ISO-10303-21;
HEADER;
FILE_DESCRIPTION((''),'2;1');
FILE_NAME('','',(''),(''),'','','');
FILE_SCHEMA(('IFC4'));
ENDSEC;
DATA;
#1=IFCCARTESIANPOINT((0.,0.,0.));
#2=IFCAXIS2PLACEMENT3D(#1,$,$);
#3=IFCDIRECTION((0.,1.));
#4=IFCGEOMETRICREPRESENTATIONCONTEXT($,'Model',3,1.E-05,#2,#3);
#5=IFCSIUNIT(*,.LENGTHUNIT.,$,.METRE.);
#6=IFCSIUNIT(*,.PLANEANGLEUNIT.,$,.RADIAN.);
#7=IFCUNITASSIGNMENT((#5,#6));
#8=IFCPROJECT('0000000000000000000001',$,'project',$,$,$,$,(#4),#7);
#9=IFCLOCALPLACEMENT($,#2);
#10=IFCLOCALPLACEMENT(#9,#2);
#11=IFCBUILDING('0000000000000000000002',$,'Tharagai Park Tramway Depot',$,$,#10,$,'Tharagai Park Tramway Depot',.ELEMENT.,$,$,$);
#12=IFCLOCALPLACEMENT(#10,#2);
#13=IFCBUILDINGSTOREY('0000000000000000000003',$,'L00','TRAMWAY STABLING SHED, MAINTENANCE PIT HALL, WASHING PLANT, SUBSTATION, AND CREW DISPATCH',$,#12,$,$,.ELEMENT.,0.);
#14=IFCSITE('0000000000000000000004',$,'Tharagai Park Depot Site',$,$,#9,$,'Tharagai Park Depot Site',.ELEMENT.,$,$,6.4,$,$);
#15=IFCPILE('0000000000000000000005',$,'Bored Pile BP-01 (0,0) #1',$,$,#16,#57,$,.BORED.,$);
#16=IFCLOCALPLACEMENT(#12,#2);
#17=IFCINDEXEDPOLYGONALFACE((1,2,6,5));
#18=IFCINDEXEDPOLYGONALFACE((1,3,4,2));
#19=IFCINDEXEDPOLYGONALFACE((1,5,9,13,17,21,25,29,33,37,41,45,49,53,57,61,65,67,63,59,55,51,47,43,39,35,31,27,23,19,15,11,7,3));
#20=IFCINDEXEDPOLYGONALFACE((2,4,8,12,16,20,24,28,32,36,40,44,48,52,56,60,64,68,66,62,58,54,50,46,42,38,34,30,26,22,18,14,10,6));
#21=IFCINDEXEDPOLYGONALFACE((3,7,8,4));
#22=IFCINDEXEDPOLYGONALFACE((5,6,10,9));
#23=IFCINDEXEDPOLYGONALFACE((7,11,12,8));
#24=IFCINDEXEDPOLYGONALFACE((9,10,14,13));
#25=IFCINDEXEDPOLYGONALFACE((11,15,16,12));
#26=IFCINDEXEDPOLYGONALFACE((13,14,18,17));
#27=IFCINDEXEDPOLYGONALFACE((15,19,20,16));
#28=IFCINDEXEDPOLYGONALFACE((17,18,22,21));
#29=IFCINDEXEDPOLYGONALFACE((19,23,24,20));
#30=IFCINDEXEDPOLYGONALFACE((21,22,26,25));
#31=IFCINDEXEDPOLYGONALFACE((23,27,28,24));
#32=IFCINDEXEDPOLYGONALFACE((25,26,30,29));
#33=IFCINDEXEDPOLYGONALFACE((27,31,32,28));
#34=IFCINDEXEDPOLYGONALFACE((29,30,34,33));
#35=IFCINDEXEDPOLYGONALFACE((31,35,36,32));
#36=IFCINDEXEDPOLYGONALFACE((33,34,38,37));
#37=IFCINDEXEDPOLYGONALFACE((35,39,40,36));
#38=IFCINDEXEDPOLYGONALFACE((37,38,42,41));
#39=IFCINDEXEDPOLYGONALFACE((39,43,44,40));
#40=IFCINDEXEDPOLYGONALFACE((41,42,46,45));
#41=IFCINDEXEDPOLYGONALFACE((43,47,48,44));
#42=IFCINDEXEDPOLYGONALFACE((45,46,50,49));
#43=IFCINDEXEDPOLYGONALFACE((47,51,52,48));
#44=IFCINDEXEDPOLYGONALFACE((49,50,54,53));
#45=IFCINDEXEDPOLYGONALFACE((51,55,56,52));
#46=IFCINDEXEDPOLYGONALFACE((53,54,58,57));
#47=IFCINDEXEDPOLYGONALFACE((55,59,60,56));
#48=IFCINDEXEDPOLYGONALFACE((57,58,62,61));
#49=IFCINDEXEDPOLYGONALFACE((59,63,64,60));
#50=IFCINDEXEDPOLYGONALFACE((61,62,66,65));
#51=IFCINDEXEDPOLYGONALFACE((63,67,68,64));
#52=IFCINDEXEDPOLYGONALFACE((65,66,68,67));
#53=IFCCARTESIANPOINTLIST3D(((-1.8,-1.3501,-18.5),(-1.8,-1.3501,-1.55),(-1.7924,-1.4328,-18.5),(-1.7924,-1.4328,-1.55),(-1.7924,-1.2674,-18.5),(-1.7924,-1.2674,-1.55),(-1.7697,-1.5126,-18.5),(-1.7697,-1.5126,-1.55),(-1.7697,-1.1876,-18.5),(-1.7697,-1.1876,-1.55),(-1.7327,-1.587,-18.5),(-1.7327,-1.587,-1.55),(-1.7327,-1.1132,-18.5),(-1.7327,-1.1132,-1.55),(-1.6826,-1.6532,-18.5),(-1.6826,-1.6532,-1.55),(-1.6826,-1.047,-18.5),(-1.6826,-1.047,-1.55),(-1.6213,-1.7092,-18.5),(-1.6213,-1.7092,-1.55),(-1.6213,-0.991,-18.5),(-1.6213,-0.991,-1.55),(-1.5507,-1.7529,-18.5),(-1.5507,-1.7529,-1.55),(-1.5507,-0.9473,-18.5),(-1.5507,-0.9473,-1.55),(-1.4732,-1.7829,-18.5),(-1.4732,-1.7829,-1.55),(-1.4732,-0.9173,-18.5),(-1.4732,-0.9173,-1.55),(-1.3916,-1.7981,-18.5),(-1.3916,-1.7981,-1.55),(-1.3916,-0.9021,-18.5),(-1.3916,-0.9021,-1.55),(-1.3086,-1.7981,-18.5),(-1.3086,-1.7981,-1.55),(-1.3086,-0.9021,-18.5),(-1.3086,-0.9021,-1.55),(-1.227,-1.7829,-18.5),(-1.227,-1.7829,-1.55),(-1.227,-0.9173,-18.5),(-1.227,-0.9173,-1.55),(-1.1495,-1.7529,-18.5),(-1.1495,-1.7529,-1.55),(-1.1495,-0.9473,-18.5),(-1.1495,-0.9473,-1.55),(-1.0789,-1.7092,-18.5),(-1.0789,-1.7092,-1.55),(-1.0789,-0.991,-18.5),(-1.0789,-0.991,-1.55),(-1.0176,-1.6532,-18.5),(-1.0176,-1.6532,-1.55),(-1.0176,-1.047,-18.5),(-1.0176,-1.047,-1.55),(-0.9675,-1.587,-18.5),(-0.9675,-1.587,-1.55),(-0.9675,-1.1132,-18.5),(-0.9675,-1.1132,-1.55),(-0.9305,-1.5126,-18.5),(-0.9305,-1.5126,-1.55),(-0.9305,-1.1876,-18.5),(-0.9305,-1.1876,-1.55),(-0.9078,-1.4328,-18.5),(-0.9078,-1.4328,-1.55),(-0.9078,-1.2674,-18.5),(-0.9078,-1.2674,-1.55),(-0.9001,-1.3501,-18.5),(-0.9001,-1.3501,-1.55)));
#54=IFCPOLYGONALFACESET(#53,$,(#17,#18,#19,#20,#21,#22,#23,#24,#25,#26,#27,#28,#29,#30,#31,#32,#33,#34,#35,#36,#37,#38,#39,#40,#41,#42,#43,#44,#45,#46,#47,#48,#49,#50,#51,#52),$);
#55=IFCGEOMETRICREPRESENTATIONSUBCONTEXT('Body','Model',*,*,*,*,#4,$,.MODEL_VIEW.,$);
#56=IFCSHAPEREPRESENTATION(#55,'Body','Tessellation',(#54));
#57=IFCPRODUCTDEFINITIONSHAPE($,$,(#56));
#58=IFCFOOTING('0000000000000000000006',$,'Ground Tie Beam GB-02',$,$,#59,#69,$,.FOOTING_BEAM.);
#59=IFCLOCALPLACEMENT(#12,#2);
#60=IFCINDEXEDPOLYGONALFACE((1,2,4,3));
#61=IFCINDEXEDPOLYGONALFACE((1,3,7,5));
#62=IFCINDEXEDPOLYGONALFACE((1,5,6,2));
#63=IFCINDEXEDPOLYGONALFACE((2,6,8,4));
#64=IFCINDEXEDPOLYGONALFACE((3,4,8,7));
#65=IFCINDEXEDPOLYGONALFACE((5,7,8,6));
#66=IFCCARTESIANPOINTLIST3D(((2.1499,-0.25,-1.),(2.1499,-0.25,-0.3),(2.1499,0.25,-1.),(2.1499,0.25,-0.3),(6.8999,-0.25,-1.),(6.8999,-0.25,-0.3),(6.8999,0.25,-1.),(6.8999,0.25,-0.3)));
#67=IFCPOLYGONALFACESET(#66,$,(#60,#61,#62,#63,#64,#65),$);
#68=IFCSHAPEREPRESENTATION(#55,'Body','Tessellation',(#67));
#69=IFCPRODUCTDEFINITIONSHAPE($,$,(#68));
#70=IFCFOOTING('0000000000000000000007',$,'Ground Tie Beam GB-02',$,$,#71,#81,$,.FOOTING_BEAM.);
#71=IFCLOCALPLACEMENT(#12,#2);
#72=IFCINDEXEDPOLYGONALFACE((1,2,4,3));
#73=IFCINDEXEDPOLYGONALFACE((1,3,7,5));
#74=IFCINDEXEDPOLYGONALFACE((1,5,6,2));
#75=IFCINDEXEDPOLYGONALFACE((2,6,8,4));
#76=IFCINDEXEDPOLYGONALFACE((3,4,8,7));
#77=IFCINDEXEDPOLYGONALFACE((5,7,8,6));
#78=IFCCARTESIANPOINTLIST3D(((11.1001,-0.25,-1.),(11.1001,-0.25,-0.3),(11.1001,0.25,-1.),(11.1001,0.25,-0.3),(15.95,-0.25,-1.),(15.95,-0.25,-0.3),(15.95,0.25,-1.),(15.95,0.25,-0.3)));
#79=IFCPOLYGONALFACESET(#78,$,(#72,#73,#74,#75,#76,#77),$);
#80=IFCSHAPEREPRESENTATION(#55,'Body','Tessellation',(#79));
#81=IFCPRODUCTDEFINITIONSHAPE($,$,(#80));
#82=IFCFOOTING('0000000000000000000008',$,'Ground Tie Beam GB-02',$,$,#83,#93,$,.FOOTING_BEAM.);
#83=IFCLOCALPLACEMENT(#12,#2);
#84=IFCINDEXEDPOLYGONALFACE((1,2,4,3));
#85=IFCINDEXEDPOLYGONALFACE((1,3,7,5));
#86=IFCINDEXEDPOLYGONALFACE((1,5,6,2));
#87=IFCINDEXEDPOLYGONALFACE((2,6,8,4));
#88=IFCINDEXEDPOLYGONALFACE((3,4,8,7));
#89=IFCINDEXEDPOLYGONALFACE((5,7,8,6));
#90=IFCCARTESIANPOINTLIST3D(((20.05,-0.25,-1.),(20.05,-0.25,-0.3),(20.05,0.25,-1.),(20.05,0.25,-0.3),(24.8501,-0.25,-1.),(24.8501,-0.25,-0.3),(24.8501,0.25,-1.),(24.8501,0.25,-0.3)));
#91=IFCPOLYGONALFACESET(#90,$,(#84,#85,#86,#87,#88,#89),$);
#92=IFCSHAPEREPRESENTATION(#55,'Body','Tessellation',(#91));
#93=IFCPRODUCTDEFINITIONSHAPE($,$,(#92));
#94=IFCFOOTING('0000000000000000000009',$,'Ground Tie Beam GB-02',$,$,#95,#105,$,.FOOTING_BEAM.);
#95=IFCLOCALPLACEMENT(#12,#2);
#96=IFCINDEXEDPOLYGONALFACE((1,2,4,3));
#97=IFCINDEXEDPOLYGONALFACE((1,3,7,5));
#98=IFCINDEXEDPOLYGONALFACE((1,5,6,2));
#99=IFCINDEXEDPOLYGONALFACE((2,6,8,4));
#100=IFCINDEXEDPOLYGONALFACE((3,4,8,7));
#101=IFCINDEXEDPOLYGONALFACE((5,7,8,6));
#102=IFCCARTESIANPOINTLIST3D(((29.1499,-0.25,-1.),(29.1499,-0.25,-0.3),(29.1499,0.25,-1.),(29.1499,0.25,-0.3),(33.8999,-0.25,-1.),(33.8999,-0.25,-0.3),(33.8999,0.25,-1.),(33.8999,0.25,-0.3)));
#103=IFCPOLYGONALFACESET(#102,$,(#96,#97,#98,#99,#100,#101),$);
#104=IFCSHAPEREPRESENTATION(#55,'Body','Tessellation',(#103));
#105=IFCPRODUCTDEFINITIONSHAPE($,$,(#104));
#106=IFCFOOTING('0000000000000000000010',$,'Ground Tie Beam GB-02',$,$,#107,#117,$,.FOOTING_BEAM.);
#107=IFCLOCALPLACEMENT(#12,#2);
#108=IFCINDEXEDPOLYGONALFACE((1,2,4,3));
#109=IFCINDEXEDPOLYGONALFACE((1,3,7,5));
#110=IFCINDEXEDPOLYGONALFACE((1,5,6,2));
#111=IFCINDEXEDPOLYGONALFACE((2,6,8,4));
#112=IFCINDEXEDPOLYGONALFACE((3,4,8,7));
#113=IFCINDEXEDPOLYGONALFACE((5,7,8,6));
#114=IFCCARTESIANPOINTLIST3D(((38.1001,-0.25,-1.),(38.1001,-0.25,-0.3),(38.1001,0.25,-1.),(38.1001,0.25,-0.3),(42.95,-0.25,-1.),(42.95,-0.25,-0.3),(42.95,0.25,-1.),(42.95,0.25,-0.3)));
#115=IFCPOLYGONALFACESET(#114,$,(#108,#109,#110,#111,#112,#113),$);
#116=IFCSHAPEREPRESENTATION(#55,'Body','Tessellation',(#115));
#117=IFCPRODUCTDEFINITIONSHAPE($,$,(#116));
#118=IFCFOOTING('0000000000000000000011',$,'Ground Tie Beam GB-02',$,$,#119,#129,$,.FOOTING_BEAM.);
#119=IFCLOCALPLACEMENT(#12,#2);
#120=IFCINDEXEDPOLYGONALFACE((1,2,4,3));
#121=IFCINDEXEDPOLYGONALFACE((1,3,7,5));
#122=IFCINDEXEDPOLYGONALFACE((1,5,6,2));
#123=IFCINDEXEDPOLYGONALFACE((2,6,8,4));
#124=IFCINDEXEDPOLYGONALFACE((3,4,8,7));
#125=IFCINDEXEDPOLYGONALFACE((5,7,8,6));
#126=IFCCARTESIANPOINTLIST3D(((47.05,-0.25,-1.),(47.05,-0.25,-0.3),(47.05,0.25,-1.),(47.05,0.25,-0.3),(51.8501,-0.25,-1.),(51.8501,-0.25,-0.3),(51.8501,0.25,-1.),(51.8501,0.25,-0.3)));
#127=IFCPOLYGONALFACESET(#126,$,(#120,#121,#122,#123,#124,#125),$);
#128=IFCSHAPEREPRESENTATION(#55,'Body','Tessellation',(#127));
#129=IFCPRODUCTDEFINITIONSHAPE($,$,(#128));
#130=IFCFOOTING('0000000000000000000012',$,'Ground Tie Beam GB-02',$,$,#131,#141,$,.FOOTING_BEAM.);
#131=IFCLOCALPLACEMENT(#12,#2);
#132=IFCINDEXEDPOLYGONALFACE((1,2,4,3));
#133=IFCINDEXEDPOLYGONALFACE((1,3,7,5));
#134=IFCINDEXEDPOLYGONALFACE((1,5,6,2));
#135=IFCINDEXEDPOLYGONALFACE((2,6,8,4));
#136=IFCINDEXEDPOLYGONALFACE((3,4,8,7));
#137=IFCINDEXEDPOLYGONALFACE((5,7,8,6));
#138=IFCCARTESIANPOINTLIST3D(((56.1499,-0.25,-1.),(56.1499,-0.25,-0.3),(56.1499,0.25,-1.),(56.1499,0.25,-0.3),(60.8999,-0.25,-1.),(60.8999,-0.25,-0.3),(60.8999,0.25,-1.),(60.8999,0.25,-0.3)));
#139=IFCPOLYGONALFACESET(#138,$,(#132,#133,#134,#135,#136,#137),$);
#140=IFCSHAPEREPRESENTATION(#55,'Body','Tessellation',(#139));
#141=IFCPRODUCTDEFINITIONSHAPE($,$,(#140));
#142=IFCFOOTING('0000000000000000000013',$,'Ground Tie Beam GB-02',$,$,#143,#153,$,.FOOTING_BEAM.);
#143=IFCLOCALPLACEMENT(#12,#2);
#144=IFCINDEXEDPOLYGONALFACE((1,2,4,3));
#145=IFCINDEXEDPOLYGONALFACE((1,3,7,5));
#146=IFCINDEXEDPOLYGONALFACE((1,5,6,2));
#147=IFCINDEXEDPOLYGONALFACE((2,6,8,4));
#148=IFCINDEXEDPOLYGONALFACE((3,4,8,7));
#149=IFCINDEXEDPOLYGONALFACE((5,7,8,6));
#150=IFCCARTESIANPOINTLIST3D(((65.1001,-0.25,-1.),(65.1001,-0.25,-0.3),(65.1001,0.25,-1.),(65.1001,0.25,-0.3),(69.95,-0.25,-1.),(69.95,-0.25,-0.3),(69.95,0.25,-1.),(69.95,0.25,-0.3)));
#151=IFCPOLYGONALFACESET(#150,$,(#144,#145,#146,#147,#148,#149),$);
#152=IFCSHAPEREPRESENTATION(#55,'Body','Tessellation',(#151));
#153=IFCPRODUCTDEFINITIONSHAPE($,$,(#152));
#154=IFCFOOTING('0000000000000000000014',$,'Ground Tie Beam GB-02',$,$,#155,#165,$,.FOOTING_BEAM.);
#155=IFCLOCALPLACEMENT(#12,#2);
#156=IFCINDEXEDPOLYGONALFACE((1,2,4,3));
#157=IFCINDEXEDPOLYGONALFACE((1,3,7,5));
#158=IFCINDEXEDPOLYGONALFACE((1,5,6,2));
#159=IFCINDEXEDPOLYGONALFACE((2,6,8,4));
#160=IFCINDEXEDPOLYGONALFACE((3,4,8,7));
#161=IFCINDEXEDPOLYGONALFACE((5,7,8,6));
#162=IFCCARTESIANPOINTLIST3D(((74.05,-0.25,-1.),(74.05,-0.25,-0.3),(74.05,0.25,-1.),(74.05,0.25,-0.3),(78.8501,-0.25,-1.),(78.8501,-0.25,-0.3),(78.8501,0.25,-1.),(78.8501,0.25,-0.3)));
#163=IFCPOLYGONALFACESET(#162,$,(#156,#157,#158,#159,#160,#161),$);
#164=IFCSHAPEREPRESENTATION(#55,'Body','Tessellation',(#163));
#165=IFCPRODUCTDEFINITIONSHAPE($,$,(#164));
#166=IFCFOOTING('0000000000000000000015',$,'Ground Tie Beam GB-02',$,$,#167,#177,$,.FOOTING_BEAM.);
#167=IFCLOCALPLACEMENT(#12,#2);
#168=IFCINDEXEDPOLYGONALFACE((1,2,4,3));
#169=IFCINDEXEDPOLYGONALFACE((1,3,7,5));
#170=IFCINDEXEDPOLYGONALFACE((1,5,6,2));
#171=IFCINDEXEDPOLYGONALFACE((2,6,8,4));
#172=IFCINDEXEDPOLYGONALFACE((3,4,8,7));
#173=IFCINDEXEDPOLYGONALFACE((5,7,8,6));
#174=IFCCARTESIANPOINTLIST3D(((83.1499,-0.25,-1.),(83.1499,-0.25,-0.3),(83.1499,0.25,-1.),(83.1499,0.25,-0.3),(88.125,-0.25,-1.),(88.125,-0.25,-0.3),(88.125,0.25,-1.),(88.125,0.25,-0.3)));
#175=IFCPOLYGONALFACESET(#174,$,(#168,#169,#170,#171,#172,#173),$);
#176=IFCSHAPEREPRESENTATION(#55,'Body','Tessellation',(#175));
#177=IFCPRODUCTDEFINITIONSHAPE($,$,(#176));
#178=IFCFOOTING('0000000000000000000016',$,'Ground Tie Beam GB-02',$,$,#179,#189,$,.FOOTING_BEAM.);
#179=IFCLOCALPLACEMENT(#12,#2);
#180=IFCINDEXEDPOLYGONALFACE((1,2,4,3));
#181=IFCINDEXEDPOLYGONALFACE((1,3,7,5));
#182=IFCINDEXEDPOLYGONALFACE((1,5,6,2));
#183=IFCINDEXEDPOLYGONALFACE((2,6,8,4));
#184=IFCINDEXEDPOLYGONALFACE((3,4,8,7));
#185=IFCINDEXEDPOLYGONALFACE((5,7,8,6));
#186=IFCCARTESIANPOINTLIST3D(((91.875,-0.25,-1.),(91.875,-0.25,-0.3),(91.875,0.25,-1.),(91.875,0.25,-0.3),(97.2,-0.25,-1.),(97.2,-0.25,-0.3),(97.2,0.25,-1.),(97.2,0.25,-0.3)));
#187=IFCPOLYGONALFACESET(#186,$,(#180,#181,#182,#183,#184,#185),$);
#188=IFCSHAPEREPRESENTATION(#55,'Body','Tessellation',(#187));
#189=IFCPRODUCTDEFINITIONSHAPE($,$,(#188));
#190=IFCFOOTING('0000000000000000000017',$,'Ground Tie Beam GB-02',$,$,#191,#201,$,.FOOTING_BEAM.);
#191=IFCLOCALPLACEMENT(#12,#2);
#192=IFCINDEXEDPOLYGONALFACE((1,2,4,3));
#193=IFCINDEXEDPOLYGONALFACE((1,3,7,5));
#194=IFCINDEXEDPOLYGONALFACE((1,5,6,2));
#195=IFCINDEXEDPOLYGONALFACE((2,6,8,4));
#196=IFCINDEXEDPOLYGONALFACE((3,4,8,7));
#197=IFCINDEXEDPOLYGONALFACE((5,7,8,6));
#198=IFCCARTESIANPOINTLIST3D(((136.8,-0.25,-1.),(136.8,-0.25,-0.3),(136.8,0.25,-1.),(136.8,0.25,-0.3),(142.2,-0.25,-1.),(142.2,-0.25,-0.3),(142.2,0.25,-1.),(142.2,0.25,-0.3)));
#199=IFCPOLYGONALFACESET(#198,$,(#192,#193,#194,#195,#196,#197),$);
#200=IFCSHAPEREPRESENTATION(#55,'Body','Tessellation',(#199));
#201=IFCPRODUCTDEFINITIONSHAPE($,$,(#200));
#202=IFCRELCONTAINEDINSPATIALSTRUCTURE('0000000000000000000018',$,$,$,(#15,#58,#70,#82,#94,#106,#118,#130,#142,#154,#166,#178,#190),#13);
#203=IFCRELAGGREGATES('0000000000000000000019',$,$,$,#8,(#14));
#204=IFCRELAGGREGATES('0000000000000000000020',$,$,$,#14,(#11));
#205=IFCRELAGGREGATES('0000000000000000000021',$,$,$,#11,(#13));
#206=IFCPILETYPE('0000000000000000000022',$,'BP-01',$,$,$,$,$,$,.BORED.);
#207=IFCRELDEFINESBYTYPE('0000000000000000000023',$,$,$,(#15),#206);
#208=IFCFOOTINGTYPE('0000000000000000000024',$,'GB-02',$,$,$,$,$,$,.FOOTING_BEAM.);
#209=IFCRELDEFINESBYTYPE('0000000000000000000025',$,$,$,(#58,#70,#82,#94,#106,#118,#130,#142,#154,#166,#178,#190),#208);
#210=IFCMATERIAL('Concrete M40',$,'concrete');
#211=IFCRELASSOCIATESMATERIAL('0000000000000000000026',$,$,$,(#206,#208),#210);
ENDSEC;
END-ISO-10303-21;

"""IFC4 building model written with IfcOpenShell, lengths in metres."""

from ifc_helpers import new_model, si_unit, direction, frame, origin, origin_2d, place, context, subcontext, project, spatial, polyline, circle, outline, extrude, material, material_profile, profile_set, type_object, element, save


model = new_model("IFC4")

# Units and contexts
model_context = context("Model", 3, precision=1e-05, world=origin(), true_north=direction((0.0, 1.0)))
body_context = subcontext(model_context, "Body", "Model", "MODEL_VIEW")
ifc_project = project(units=[si_unit("LENGTHUNIT", "METRE"), si_unit("PLANEANGLEUNIT", "RADIAN")], contexts=[model_context])

# Site, building, storey
site_placement = place(None, origin())
site = spatial("IfcSite", under=ifc_project, at=site_placement, Name="Tharagai Park Depot Site", LongName="Tharagai Park Depot Site", CompositionType="ELEMENT", RefElevation=6.4)
building_placement = place(site_placement, origin())
building = spatial("IfcBuilding", under=site, at=building_placement, Name="Tharagai Park Tramway Depot", LongName="Tharagai Park Tramway Depot", CompositionType="ELEMENT")
storey_placement = place(building_placement, origin())
storey = spatial("IfcBuildingStorey", under=building, at=storey_placement, Name="L00", Description="TRAMWAY STABLING SHED, MAINTENANCE PIT HALL, WASHING PLANT, SUBSTATION, AND CREW DISPATCH", CompositionType="ELEMENT", Elevation=0.0)

# Pile
ifc_material = material(Name="Concrete M40", Category="concrete")
ifc_material_profile = material_profile(ifc_material, circle(Radius=0.45, at=origin_2d()), Name="PILE D900")
ifc_profile_set = profile_set([ifc_material_profile], Name="Concrete M40")
pile_type = type_object("IfcPileType", Name="BP-01", PredefinedType="BORED", material=ifc_profile_set)
pile_placement = place(storey_placement, frame((-1.3501, -1.3501, -1.55), z_axis=(0.0, 0.0, -1.0), x_axis=(1.0, 0.0, 0.0)))
element("IfcPile", 1, at=pile_placement, inside=storey, type_object=pile_type, Name="Bored Pile BP-01 (0,0) #1", PredefinedType="BORED", context=body_context, shape_type="SweptSolid", body=[
    extrude(circle(Radius=0.45, at=origin_2d()), origin(), (0.0, 0.0, 1.0), 16.95),
])

# Footings
footing_type_1 = type_object("IfcFootingType", Name="GB-02", PredefinedType="FOOTING_BEAM", material=ifc_material)
footing_1_placement = place(storey_placement, frame((0.0, 0.0, -1.0)))
element("IfcFooting", 2, at=footing_1_placement, inside=storey, type_object=footing_type_1, Name="Ground Tie Beam GB-02", PredefinedType="FOOTING_BEAM", context=body_context, shape_type="SweptSolid", body=[
    extrude(outline(polyline([(2.1499, -0.25), (6.8999, -0.25), (6.8999, 0.25), (2.1499, 0.25), (2.1499, -0.25)])), origin(), (0.0, 0.0, 1.0), 0.7),
])
footing_2_placement = place(storey_placement, frame((0.0, 0.0, -1.0)))
element("IfcFooting", 3, at=footing_2_placement, inside=storey, type_object=footing_type_1, Name="Ground Tie Beam GB-02", PredefinedType="FOOTING_BEAM", context=body_context, shape_type="SweptSolid", body=[
    extrude(outline(polyline([(11.1001, -0.25), (15.95, -0.25), (15.95, 0.25), (11.1001, 0.25), (11.1001, -0.25)])), origin(), (0.0, 0.0, 1.0), 0.7),
])
footing_3_placement = place(storey_placement, frame((0.0, 0.0, -1.0)))
element("IfcFooting", 4, at=footing_3_placement, inside=storey, type_object=footing_type_1, Name="Ground Tie Beam GB-02", PredefinedType="FOOTING_BEAM", context=body_context, shape_type="SweptSolid", body=[
    extrude(outline(polyline([(20.05, -0.25), (24.8501, -0.25), (24.8501, 0.25), (20.05, 0.25), (20.05, -0.25)])), origin(), (0.0, 0.0, 1.0), 0.7),
])
footing_4_placement = place(storey_placement, frame((0.0, 0.0, -1.0)))
element("IfcFooting", 5, at=footing_4_placement, inside=storey, type_object=footing_type_1, Name="Ground Tie Beam GB-02", PredefinedType="FOOTING_BEAM", context=body_context, shape_type="SweptSolid", body=[
    extrude(outline(polyline([(29.1499, -0.25), (33.8999, -0.25), (33.8999, 0.25), (29.1499, 0.25), (29.1499, -0.25)])), origin(), (0.0, 0.0, 1.0), 0.7),
])
footing_5_placement = place(storey_placement, frame((0.0, 0.0, -1.0)))
element("IfcFooting", 6, at=footing_5_placement, inside=storey, type_object=footing_type_1, Name="Ground Tie Beam GB-02", PredefinedType="FOOTING_BEAM", context=body_context, shape_type="SweptSolid", body=[
    extrude(outline(polyline([(38.1001, -0.25), (42.95, -0.25), (42.95, 0.25), (38.1001, 0.25), (38.1001, -0.25)])), origin(), (0.0, 0.0, 1.0), 0.7),
])
footing_6_placement = place(storey_placement, frame((0.0, 0.0, -1.0)))
element("IfcFooting", 7, at=footing_6_placement, inside=storey, type_object=footing_type_1, Name="Ground Tie Beam GB-02", PredefinedType="FOOTING_BEAM", context=body_context, shape_type="SweptSolid", body=[
    extrude(outline(polyline([(47.05, -0.25), (51.8501, -0.25), (51.8501, 0.25), (47.05, 0.25), (47.05, -0.25)])), origin(), (0.0, 0.0, 1.0), 0.7),
])
footing_7_placement = place(storey_placement, frame((0.0, 0.0, -1.0)))
element("IfcFooting", 8, at=footing_7_placement, inside=storey, type_object=footing_type_1, Name="Ground Tie Beam GB-02", PredefinedType="FOOTING_BEAM", context=body_context, shape_type="SweptSolid", body=[
    extrude(outline(polyline([(56.1499, -0.25), (60.8999, -0.25), (60.8999, 0.25), (56.1499, 0.25), (56.1499, -0.25)])), origin(), (0.0, 0.0, 1.0), 0.7),
])
footing_8_placement = place(storey_placement, frame((0.0, 0.0, -1.0)))
element("IfcFooting", 9, at=footing_8_placement, inside=storey, type_object=footing_type_1, Name="Ground Tie Beam GB-02", PredefinedType="FOOTING_BEAM", context=body_context, shape_type="SweptSolid", body=[
    extrude(outline(polyline([(65.1001, -0.25), (69.95, -0.25), (69.95, 0.25), (65.1001, 0.25), (65.1001, -0.25)])), origin(), (0.0, 0.0, 1.0), 0.7),
])
footing_9_placement = place(storey_placement, frame((0.0, 0.0, -1.0)))
element("IfcFooting", 10, at=footing_9_placement, inside=storey, type_object=footing_type_1, Name="Ground Tie Beam GB-02", PredefinedType="FOOTING_BEAM", context=body_context, shape_type="SweptSolid", body=[
    extrude(outline(polyline([(74.05, -0.25), (78.8501, -0.25), (78.8501, 0.25), (74.05, 0.25), (74.05, -0.25)])), origin(), (0.0, 0.0, 1.0), 0.7),
])
footing_10_placement = place(storey_placement, frame((0.0, 0.0, -1.0)))
element("IfcFooting", 11, at=footing_10_placement, inside=storey, type_object=footing_type_1, Name="Ground Tie Beam GB-02", PredefinedType="FOOTING_BEAM", context=body_context, shape_type="SweptSolid", body=[
    extrude(outline(polyline([(83.1499, -0.25), (88.125, -0.25), (88.125, 0.25), (83.1499, 0.25), (83.1499, -0.25)])), origin(), (0.0, 0.0, 1.0), 0.7),
])
footing_11_placement = place(storey_placement, frame((0.0, 0.0, -1.0)))
element("IfcFooting", 12, at=footing_11_placement, inside=storey, type_object=footing_type_1, Name="Ground Tie Beam GB-02", PredefinedType="FOOTING_BEAM", context=body_context, shape_type="SweptSolid", body=[
    extrude(outline(polyline([(91.875, -0.25), (97.2, -0.25), (97.2, 0.25), (91.875, 0.25), (91.875, -0.25)])), origin(), (0.0, 0.0, 1.0), 0.7),
])
footing_12_placement = place(storey_placement, frame((0.0, 0.0, -1.0)))
element("IfcFooting", 13, at=footing_12_placement, inside=storey, type_object=footing_type_1, Name="Ground Tie Beam GB-02", PredefinedType="FOOTING_BEAM", context=body_context, shape_type="SweptSolid", body=[
    extrude(outline(polyline([(136.8, -0.25), (142.2, -0.25), (142.2, 0.25), (136.8, 0.25), (136.8, -0.25)])), origin(), (0.0, 0.0, 1.0), 0.7),
])

save(model, "model.ifc")
